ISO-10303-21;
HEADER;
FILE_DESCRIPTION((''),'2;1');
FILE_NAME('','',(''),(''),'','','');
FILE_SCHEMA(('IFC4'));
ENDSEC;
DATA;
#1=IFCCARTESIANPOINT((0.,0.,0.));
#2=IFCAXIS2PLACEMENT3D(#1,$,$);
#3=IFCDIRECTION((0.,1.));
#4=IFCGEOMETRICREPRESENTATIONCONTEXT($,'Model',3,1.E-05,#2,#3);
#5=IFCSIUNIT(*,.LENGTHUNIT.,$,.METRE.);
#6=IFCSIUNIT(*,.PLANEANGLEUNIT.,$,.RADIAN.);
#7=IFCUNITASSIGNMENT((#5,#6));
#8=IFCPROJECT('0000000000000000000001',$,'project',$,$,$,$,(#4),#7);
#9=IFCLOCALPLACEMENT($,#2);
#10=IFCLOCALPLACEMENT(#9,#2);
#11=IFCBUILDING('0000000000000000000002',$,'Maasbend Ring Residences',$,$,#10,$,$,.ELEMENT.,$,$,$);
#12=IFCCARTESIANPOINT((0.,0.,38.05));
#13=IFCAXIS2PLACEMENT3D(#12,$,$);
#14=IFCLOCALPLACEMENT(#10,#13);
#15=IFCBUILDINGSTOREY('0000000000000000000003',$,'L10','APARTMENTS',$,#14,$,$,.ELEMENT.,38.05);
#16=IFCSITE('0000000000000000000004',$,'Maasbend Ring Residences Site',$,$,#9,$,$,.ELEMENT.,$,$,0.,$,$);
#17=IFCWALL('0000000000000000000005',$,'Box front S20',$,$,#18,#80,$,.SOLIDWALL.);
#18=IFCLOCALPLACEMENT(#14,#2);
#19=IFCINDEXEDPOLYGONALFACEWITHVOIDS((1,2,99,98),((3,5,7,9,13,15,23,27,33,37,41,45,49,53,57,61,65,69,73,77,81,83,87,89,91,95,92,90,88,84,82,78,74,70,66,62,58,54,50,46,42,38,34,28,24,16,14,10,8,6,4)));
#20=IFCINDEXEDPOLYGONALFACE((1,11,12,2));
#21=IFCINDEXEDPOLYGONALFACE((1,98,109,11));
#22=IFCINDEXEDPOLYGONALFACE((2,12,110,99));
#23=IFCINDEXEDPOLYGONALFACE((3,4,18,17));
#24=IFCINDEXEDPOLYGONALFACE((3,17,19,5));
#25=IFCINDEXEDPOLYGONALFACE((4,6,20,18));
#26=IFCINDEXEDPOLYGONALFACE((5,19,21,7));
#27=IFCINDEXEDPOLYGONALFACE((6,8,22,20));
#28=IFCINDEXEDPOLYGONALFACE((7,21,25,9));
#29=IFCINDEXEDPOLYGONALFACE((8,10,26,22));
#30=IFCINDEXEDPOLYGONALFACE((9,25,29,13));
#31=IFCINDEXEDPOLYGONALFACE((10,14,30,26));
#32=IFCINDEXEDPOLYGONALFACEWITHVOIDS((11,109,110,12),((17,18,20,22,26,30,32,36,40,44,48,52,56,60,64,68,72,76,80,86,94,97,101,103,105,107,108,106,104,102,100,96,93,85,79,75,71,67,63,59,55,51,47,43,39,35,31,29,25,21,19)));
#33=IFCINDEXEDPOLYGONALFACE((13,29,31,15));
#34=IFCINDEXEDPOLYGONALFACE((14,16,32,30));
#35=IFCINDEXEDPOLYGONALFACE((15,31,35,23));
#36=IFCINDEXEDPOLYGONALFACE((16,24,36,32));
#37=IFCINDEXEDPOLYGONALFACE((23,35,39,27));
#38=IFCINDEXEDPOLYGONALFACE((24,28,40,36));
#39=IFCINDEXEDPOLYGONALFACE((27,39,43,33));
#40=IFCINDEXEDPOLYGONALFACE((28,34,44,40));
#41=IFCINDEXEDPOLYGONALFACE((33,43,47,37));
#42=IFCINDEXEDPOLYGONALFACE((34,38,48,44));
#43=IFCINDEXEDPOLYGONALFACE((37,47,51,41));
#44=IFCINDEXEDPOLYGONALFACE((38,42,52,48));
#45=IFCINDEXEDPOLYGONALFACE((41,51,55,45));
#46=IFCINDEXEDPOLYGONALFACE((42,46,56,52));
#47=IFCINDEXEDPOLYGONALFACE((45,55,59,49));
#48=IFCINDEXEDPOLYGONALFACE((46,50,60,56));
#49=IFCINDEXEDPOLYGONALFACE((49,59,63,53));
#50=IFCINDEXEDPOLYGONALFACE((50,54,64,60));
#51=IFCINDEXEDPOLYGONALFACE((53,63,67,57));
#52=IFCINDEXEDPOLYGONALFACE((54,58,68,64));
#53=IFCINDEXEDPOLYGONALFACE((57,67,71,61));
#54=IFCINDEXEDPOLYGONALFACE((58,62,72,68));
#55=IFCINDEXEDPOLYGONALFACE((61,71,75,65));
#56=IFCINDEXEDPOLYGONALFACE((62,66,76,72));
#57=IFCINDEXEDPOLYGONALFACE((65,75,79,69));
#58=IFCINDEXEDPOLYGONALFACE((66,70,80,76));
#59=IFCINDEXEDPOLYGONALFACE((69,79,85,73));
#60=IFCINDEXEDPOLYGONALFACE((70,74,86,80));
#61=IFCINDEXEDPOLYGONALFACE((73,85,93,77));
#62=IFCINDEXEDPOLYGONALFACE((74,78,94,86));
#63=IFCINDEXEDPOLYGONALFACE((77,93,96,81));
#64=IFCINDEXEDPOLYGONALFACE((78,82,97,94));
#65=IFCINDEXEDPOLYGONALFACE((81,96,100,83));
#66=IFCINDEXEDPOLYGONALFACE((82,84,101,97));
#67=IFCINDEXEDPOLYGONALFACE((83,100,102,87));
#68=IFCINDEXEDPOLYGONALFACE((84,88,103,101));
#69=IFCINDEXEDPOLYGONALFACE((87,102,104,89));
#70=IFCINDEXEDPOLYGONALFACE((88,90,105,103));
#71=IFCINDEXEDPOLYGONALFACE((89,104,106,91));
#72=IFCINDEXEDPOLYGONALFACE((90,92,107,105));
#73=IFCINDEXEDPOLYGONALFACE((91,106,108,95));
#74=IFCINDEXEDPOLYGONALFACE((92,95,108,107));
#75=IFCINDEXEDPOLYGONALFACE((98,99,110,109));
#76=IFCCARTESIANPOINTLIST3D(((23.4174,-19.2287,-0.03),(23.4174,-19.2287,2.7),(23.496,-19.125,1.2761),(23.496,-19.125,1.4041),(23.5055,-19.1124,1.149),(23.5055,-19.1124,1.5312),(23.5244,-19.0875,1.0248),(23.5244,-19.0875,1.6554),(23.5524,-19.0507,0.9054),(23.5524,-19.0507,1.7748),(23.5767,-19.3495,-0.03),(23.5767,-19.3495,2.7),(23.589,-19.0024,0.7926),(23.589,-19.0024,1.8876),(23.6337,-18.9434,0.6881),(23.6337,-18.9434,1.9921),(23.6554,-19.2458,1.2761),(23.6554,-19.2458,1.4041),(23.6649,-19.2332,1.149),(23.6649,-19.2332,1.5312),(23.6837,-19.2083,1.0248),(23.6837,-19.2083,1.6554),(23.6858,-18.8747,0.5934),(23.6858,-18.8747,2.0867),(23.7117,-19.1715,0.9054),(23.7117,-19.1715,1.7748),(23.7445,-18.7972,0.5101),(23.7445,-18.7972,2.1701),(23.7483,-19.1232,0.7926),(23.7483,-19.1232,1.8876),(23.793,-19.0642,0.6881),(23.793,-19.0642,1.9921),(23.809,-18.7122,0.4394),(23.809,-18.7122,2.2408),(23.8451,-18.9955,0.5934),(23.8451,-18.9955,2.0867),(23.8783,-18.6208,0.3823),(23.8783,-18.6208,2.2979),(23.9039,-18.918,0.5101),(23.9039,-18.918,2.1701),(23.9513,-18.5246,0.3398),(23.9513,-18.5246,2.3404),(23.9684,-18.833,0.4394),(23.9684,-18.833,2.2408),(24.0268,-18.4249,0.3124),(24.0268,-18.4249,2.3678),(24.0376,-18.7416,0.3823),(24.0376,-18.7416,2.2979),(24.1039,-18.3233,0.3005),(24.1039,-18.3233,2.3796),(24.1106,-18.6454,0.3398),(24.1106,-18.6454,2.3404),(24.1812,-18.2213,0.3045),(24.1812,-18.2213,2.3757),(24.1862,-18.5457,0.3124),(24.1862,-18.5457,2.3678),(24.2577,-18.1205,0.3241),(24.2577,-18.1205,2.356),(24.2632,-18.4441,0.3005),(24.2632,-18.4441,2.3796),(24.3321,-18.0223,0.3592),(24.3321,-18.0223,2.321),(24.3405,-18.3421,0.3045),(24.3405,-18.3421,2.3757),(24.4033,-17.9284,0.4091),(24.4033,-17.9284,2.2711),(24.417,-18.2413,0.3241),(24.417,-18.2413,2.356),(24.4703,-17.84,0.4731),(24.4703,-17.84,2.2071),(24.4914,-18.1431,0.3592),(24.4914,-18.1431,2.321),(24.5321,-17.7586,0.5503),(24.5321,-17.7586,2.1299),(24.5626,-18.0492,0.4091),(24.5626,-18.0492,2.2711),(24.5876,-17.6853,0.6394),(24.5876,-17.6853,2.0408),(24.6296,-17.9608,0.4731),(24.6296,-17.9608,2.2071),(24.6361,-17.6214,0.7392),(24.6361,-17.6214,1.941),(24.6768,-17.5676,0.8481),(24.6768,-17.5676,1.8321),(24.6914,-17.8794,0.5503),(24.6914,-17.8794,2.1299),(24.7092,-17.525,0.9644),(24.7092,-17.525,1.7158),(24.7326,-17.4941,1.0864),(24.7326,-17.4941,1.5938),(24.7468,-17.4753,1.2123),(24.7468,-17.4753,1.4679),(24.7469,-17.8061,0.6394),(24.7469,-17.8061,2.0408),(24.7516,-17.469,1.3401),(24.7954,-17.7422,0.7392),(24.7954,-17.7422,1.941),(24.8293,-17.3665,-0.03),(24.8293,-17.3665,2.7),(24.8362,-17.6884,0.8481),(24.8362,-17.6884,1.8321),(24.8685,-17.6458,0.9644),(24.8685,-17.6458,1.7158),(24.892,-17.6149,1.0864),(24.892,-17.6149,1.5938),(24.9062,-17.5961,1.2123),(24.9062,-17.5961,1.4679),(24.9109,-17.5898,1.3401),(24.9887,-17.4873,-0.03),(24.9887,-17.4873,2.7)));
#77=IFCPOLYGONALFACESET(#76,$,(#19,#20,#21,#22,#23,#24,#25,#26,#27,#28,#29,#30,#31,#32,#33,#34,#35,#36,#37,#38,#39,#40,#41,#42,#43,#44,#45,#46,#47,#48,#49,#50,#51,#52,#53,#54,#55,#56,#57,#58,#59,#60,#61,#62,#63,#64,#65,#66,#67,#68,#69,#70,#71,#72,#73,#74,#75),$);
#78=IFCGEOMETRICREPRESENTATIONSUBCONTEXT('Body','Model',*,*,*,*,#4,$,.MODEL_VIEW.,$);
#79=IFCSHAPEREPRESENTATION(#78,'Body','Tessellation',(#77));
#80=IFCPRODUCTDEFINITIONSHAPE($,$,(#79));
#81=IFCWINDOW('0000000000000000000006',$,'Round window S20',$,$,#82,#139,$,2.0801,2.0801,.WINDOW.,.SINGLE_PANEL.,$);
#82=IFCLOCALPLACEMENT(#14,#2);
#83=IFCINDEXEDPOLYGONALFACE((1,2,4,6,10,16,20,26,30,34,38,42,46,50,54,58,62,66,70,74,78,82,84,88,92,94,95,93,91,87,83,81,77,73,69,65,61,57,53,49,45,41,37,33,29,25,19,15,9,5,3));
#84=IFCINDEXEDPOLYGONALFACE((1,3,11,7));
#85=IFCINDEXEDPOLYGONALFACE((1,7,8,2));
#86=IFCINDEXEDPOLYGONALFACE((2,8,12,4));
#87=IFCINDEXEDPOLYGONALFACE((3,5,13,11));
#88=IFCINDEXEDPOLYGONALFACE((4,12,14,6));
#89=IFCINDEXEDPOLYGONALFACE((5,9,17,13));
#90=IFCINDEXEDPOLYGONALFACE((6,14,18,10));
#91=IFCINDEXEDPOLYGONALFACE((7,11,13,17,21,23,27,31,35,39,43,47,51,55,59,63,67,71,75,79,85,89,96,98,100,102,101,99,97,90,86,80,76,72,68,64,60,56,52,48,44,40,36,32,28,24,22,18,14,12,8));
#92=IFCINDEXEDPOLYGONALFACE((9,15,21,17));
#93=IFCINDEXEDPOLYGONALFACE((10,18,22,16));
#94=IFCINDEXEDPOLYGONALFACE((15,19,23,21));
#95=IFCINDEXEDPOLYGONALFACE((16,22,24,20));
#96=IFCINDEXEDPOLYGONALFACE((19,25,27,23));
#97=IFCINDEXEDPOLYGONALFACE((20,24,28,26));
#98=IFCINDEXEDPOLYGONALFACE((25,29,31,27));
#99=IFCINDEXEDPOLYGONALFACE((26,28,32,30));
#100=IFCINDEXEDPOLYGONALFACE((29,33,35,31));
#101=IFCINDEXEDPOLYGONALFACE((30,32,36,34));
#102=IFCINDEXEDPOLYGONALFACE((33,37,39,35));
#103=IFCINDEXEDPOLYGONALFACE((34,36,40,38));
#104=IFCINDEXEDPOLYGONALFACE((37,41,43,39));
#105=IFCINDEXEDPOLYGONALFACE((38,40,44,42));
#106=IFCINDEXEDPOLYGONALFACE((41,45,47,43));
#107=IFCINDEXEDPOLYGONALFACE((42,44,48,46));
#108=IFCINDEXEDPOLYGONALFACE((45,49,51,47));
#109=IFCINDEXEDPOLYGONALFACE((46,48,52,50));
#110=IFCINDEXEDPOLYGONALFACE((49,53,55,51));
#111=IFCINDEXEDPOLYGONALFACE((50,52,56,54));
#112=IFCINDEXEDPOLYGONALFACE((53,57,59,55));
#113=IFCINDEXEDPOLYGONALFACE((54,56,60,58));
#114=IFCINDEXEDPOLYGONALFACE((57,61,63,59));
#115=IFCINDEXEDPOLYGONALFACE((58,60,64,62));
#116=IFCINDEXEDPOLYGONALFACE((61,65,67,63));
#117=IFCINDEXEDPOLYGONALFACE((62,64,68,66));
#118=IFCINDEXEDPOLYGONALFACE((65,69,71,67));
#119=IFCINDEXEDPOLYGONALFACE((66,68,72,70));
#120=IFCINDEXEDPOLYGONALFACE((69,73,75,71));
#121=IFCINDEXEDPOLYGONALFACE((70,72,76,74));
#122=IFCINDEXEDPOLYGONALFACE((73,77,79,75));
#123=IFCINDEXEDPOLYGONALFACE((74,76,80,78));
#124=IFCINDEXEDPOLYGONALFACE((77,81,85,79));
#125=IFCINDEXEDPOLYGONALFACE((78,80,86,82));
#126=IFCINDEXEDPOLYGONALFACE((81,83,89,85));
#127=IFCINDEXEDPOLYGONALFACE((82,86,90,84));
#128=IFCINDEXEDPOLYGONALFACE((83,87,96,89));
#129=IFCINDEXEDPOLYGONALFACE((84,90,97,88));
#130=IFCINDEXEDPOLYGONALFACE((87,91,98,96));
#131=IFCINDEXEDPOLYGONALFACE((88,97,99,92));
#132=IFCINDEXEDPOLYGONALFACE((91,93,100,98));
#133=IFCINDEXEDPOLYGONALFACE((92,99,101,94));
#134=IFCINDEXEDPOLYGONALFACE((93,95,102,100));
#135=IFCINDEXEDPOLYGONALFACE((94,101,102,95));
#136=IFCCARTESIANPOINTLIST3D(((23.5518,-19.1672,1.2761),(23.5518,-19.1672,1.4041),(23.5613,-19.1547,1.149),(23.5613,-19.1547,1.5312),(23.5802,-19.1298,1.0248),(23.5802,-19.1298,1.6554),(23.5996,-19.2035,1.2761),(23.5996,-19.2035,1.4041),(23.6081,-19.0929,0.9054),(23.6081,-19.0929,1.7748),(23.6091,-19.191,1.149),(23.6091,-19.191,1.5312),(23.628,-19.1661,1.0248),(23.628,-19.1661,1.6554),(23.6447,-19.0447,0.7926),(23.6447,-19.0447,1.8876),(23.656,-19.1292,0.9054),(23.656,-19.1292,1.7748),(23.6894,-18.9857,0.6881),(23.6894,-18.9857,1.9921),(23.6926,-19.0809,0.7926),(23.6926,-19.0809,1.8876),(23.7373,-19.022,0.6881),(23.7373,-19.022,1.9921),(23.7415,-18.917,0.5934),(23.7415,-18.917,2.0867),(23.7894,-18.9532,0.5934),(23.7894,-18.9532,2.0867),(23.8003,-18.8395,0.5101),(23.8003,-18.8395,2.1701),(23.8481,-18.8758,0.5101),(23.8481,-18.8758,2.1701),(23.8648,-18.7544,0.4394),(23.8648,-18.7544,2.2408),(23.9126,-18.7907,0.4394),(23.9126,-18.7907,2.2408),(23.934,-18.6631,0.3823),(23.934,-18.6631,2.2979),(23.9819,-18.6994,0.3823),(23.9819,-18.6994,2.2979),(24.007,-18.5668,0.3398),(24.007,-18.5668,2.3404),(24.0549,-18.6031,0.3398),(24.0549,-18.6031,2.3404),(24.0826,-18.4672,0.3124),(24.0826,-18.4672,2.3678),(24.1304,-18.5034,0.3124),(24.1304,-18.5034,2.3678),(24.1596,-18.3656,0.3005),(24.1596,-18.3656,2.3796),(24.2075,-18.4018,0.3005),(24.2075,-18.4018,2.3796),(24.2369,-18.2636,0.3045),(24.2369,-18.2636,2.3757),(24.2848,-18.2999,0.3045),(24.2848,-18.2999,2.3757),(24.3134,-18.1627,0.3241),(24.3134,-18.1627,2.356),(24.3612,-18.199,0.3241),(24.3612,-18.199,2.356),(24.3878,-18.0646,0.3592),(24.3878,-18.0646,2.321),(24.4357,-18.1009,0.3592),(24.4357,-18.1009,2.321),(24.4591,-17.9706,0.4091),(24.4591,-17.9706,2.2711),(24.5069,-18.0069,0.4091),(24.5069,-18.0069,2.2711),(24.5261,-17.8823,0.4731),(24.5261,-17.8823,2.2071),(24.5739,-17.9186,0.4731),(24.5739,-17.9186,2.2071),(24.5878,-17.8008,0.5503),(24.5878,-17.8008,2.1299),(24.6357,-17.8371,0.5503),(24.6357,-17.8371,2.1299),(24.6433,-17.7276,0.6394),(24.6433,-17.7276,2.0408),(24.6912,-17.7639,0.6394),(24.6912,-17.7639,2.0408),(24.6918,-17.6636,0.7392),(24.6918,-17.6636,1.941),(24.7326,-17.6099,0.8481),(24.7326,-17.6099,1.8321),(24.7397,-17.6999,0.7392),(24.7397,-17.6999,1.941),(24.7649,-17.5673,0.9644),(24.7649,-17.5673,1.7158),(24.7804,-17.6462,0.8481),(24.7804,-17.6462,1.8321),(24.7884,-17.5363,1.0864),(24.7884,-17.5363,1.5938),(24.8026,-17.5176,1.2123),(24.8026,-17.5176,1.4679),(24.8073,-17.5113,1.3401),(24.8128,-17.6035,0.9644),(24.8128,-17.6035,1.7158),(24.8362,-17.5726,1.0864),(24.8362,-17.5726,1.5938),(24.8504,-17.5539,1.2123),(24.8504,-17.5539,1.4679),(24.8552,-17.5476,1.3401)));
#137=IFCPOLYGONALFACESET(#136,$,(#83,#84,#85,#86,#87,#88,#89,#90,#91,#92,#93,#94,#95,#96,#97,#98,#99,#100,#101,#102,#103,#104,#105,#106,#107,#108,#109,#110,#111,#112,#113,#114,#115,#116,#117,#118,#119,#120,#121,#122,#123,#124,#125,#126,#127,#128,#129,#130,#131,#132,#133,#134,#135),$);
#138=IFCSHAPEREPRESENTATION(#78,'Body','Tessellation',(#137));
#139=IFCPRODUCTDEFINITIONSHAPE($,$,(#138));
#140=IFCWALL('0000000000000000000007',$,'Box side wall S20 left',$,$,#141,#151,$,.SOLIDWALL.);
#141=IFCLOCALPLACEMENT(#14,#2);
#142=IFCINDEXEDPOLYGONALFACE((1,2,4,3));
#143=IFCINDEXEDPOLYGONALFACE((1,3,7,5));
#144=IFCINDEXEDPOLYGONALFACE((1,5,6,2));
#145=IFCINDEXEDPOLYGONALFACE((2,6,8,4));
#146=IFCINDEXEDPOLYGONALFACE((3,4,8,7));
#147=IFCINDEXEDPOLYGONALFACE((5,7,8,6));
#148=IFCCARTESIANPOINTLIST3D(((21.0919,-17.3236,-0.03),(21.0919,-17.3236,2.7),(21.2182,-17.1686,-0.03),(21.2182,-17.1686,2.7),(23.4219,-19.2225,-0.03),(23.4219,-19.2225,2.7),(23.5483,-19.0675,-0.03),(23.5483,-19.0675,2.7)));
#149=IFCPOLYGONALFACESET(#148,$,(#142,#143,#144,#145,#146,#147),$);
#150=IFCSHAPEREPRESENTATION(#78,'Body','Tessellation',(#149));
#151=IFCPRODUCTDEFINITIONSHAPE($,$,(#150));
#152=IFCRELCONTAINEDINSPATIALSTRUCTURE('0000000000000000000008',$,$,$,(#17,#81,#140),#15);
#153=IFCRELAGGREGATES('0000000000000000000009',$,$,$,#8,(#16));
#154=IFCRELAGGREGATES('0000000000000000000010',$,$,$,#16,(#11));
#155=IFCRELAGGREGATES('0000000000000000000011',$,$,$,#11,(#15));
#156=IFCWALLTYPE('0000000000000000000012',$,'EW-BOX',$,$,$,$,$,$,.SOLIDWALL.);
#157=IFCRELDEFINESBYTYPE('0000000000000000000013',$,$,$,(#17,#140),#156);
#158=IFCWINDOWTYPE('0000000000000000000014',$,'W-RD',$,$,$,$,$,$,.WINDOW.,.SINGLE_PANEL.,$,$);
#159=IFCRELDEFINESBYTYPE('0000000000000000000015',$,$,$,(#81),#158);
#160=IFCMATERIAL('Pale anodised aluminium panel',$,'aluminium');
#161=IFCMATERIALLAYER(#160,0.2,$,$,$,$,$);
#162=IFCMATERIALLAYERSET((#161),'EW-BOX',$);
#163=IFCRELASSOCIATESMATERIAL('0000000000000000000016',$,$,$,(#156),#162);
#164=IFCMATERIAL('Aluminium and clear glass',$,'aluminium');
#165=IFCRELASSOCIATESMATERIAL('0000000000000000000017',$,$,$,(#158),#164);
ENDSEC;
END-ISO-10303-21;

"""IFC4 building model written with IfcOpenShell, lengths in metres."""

from ifc_helpers import new_model, si_unit, direction, frame, frame_2d, origin, place, context, subcontext, project, spatial, rectangle, circle, extrude, material, layer, layer_set, type_object, element, fill, save


model = new_model("IFC4")

# Units and contexts
model_context = context("Model", 3, precision=1e-05, world=origin(), true_north=direction((0.0, 1.0)))
body_context = subcontext(model_context, "Body", "Model", "MODEL_VIEW")
ifc_project = project(units=[si_unit("LENGTHUNIT", "METRE"), si_unit("PLANEANGLEUNIT", "RADIAN")], contexts=[model_context])

# Site, building, storey
site_placement = place(None, origin())
site = spatial("IfcSite", under=ifc_project, at=site_placement, Name="Maasbend Ring Residences Site", CompositionType="ELEMENT", RefElevation=0.0)
building_placement = place(site_placement, origin())
building = spatial("IfcBuilding", under=site, at=building_placement, Name="Maasbend Ring Residences", CompositionType="ELEMENT")
storey_placement = place(building_placement, frame((0.0, 0.0, 38.05)))
storey = spatial("IfcBuildingStorey", under=building, at=storey_placement, Name="L10", Description="APARTMENTS", CompositionType="ELEMENT", Elevation=38.05)

# Shared definitions
ifc_material_1 = material(Name="Pale anodised aluminium panel", Category="aluminium")
ifc_layer_1 = layer(ifc_material_1, 0.2)
ifc_layer_set_1 = layer_set([ifc_layer_1], Name="EW-BOX")
wall_type_1 = type_object("IfcWallType", Name="EW-BOX", PredefinedType="SOLIDWALL", material=ifc_layer_set_1)
ifc_material_2 = material(Name="Aluminium and clear glass", Category="aluminium")
window_type_1 = type_object("IfcWindowType", Name="W-RD", PartitioningType="SINGLE_PANEL", PredefinedType="WINDOW", material=ifc_material_2)

# Wall, opening, window
wall_1_placement = place(storey_placement, frame((23.4971, -19.2891, -0.03), z_axis=(0.0, 0.0, 1.0), x_axis=(0.604188, 0.796842, 0.0)))
wall_1 = element("IfcWall", 1, at=wall_1_placement, inside=storey, type_object=wall_type_1, Name="Box front S20", PredefinedType="SOLIDWALL", context=body_context, shape_type="SweptSolid", body=[
    extrude(rectangle(XDim=2.3369, YDim=0.2, at=frame_2d((1.1685, 0.0))), origin(), (0.0, 0.0, 1.0), 2.73),
])
opening_1_placement = place(wall_1_placement, frame((0.1282, 0.0, 0.3301)))
opening_1 = element("IfcOpeningElement", 2, at=opening_1_placement, cuts=wall_1, PredefinedType="OPENING", context=body_context, shape_type="SweptSolid", body=[
    extrude(circle(Radius=1.04, at=frame_2d((1.04, 1.04))), frame((0.0, 0.1099, 0.0), z_axis=(0.0, -1.0, 0.0), x_axis=(1.0, 0.0, 0.0)), (0.0, 0.0, 1.0), 0.22),
])
window_1_placement = place(opening_1_placement, origin())
window_1 = element("IfcWindow", 3, at=window_1_placement, inside=storey, type_object=window_type_1, Name="Round window S20", OverallHeight=2.0801, OverallWidth=2.0801, PartitioningType="SINGLE_PANEL", PredefinedType="WINDOW", context=body_context, shape_type="SweptSolid", body=[
    extrude(circle(Radius=1.04, at=frame_2d((1.04, 1.04))), frame((0.0, 0.03, 0.0), z_axis=(0.0, -1.0, 0.0), x_axis=(1.0, 0.0, 0.0)), (0.0, 0.0, 1.0), 0.0601),
])
fill(opening_1, window_1)

# Wall
wall_2_placement = place(storey_placement, frame((21.155, -17.2461, -0.03), z_axis=(0.0, 0.0, 1.0), x_axis=(0.775179, -0.631742, 0.0)))
element("IfcWall", 4, at=wall_2_placement, inside=storey, type_object=wall_type_1, Name="Box side wall S20 left", PredefinedType="SOLIDWALL", context=body_context, shape_type="SweptSolid", body=[
    extrude(rectangle(XDim=3.0059, YDim=0.2, at=frame_2d((1.5029, 0.0))), origin(), (0.0, 0.0, 1.0), 2.73),
])

save(model, "model.ifc")
